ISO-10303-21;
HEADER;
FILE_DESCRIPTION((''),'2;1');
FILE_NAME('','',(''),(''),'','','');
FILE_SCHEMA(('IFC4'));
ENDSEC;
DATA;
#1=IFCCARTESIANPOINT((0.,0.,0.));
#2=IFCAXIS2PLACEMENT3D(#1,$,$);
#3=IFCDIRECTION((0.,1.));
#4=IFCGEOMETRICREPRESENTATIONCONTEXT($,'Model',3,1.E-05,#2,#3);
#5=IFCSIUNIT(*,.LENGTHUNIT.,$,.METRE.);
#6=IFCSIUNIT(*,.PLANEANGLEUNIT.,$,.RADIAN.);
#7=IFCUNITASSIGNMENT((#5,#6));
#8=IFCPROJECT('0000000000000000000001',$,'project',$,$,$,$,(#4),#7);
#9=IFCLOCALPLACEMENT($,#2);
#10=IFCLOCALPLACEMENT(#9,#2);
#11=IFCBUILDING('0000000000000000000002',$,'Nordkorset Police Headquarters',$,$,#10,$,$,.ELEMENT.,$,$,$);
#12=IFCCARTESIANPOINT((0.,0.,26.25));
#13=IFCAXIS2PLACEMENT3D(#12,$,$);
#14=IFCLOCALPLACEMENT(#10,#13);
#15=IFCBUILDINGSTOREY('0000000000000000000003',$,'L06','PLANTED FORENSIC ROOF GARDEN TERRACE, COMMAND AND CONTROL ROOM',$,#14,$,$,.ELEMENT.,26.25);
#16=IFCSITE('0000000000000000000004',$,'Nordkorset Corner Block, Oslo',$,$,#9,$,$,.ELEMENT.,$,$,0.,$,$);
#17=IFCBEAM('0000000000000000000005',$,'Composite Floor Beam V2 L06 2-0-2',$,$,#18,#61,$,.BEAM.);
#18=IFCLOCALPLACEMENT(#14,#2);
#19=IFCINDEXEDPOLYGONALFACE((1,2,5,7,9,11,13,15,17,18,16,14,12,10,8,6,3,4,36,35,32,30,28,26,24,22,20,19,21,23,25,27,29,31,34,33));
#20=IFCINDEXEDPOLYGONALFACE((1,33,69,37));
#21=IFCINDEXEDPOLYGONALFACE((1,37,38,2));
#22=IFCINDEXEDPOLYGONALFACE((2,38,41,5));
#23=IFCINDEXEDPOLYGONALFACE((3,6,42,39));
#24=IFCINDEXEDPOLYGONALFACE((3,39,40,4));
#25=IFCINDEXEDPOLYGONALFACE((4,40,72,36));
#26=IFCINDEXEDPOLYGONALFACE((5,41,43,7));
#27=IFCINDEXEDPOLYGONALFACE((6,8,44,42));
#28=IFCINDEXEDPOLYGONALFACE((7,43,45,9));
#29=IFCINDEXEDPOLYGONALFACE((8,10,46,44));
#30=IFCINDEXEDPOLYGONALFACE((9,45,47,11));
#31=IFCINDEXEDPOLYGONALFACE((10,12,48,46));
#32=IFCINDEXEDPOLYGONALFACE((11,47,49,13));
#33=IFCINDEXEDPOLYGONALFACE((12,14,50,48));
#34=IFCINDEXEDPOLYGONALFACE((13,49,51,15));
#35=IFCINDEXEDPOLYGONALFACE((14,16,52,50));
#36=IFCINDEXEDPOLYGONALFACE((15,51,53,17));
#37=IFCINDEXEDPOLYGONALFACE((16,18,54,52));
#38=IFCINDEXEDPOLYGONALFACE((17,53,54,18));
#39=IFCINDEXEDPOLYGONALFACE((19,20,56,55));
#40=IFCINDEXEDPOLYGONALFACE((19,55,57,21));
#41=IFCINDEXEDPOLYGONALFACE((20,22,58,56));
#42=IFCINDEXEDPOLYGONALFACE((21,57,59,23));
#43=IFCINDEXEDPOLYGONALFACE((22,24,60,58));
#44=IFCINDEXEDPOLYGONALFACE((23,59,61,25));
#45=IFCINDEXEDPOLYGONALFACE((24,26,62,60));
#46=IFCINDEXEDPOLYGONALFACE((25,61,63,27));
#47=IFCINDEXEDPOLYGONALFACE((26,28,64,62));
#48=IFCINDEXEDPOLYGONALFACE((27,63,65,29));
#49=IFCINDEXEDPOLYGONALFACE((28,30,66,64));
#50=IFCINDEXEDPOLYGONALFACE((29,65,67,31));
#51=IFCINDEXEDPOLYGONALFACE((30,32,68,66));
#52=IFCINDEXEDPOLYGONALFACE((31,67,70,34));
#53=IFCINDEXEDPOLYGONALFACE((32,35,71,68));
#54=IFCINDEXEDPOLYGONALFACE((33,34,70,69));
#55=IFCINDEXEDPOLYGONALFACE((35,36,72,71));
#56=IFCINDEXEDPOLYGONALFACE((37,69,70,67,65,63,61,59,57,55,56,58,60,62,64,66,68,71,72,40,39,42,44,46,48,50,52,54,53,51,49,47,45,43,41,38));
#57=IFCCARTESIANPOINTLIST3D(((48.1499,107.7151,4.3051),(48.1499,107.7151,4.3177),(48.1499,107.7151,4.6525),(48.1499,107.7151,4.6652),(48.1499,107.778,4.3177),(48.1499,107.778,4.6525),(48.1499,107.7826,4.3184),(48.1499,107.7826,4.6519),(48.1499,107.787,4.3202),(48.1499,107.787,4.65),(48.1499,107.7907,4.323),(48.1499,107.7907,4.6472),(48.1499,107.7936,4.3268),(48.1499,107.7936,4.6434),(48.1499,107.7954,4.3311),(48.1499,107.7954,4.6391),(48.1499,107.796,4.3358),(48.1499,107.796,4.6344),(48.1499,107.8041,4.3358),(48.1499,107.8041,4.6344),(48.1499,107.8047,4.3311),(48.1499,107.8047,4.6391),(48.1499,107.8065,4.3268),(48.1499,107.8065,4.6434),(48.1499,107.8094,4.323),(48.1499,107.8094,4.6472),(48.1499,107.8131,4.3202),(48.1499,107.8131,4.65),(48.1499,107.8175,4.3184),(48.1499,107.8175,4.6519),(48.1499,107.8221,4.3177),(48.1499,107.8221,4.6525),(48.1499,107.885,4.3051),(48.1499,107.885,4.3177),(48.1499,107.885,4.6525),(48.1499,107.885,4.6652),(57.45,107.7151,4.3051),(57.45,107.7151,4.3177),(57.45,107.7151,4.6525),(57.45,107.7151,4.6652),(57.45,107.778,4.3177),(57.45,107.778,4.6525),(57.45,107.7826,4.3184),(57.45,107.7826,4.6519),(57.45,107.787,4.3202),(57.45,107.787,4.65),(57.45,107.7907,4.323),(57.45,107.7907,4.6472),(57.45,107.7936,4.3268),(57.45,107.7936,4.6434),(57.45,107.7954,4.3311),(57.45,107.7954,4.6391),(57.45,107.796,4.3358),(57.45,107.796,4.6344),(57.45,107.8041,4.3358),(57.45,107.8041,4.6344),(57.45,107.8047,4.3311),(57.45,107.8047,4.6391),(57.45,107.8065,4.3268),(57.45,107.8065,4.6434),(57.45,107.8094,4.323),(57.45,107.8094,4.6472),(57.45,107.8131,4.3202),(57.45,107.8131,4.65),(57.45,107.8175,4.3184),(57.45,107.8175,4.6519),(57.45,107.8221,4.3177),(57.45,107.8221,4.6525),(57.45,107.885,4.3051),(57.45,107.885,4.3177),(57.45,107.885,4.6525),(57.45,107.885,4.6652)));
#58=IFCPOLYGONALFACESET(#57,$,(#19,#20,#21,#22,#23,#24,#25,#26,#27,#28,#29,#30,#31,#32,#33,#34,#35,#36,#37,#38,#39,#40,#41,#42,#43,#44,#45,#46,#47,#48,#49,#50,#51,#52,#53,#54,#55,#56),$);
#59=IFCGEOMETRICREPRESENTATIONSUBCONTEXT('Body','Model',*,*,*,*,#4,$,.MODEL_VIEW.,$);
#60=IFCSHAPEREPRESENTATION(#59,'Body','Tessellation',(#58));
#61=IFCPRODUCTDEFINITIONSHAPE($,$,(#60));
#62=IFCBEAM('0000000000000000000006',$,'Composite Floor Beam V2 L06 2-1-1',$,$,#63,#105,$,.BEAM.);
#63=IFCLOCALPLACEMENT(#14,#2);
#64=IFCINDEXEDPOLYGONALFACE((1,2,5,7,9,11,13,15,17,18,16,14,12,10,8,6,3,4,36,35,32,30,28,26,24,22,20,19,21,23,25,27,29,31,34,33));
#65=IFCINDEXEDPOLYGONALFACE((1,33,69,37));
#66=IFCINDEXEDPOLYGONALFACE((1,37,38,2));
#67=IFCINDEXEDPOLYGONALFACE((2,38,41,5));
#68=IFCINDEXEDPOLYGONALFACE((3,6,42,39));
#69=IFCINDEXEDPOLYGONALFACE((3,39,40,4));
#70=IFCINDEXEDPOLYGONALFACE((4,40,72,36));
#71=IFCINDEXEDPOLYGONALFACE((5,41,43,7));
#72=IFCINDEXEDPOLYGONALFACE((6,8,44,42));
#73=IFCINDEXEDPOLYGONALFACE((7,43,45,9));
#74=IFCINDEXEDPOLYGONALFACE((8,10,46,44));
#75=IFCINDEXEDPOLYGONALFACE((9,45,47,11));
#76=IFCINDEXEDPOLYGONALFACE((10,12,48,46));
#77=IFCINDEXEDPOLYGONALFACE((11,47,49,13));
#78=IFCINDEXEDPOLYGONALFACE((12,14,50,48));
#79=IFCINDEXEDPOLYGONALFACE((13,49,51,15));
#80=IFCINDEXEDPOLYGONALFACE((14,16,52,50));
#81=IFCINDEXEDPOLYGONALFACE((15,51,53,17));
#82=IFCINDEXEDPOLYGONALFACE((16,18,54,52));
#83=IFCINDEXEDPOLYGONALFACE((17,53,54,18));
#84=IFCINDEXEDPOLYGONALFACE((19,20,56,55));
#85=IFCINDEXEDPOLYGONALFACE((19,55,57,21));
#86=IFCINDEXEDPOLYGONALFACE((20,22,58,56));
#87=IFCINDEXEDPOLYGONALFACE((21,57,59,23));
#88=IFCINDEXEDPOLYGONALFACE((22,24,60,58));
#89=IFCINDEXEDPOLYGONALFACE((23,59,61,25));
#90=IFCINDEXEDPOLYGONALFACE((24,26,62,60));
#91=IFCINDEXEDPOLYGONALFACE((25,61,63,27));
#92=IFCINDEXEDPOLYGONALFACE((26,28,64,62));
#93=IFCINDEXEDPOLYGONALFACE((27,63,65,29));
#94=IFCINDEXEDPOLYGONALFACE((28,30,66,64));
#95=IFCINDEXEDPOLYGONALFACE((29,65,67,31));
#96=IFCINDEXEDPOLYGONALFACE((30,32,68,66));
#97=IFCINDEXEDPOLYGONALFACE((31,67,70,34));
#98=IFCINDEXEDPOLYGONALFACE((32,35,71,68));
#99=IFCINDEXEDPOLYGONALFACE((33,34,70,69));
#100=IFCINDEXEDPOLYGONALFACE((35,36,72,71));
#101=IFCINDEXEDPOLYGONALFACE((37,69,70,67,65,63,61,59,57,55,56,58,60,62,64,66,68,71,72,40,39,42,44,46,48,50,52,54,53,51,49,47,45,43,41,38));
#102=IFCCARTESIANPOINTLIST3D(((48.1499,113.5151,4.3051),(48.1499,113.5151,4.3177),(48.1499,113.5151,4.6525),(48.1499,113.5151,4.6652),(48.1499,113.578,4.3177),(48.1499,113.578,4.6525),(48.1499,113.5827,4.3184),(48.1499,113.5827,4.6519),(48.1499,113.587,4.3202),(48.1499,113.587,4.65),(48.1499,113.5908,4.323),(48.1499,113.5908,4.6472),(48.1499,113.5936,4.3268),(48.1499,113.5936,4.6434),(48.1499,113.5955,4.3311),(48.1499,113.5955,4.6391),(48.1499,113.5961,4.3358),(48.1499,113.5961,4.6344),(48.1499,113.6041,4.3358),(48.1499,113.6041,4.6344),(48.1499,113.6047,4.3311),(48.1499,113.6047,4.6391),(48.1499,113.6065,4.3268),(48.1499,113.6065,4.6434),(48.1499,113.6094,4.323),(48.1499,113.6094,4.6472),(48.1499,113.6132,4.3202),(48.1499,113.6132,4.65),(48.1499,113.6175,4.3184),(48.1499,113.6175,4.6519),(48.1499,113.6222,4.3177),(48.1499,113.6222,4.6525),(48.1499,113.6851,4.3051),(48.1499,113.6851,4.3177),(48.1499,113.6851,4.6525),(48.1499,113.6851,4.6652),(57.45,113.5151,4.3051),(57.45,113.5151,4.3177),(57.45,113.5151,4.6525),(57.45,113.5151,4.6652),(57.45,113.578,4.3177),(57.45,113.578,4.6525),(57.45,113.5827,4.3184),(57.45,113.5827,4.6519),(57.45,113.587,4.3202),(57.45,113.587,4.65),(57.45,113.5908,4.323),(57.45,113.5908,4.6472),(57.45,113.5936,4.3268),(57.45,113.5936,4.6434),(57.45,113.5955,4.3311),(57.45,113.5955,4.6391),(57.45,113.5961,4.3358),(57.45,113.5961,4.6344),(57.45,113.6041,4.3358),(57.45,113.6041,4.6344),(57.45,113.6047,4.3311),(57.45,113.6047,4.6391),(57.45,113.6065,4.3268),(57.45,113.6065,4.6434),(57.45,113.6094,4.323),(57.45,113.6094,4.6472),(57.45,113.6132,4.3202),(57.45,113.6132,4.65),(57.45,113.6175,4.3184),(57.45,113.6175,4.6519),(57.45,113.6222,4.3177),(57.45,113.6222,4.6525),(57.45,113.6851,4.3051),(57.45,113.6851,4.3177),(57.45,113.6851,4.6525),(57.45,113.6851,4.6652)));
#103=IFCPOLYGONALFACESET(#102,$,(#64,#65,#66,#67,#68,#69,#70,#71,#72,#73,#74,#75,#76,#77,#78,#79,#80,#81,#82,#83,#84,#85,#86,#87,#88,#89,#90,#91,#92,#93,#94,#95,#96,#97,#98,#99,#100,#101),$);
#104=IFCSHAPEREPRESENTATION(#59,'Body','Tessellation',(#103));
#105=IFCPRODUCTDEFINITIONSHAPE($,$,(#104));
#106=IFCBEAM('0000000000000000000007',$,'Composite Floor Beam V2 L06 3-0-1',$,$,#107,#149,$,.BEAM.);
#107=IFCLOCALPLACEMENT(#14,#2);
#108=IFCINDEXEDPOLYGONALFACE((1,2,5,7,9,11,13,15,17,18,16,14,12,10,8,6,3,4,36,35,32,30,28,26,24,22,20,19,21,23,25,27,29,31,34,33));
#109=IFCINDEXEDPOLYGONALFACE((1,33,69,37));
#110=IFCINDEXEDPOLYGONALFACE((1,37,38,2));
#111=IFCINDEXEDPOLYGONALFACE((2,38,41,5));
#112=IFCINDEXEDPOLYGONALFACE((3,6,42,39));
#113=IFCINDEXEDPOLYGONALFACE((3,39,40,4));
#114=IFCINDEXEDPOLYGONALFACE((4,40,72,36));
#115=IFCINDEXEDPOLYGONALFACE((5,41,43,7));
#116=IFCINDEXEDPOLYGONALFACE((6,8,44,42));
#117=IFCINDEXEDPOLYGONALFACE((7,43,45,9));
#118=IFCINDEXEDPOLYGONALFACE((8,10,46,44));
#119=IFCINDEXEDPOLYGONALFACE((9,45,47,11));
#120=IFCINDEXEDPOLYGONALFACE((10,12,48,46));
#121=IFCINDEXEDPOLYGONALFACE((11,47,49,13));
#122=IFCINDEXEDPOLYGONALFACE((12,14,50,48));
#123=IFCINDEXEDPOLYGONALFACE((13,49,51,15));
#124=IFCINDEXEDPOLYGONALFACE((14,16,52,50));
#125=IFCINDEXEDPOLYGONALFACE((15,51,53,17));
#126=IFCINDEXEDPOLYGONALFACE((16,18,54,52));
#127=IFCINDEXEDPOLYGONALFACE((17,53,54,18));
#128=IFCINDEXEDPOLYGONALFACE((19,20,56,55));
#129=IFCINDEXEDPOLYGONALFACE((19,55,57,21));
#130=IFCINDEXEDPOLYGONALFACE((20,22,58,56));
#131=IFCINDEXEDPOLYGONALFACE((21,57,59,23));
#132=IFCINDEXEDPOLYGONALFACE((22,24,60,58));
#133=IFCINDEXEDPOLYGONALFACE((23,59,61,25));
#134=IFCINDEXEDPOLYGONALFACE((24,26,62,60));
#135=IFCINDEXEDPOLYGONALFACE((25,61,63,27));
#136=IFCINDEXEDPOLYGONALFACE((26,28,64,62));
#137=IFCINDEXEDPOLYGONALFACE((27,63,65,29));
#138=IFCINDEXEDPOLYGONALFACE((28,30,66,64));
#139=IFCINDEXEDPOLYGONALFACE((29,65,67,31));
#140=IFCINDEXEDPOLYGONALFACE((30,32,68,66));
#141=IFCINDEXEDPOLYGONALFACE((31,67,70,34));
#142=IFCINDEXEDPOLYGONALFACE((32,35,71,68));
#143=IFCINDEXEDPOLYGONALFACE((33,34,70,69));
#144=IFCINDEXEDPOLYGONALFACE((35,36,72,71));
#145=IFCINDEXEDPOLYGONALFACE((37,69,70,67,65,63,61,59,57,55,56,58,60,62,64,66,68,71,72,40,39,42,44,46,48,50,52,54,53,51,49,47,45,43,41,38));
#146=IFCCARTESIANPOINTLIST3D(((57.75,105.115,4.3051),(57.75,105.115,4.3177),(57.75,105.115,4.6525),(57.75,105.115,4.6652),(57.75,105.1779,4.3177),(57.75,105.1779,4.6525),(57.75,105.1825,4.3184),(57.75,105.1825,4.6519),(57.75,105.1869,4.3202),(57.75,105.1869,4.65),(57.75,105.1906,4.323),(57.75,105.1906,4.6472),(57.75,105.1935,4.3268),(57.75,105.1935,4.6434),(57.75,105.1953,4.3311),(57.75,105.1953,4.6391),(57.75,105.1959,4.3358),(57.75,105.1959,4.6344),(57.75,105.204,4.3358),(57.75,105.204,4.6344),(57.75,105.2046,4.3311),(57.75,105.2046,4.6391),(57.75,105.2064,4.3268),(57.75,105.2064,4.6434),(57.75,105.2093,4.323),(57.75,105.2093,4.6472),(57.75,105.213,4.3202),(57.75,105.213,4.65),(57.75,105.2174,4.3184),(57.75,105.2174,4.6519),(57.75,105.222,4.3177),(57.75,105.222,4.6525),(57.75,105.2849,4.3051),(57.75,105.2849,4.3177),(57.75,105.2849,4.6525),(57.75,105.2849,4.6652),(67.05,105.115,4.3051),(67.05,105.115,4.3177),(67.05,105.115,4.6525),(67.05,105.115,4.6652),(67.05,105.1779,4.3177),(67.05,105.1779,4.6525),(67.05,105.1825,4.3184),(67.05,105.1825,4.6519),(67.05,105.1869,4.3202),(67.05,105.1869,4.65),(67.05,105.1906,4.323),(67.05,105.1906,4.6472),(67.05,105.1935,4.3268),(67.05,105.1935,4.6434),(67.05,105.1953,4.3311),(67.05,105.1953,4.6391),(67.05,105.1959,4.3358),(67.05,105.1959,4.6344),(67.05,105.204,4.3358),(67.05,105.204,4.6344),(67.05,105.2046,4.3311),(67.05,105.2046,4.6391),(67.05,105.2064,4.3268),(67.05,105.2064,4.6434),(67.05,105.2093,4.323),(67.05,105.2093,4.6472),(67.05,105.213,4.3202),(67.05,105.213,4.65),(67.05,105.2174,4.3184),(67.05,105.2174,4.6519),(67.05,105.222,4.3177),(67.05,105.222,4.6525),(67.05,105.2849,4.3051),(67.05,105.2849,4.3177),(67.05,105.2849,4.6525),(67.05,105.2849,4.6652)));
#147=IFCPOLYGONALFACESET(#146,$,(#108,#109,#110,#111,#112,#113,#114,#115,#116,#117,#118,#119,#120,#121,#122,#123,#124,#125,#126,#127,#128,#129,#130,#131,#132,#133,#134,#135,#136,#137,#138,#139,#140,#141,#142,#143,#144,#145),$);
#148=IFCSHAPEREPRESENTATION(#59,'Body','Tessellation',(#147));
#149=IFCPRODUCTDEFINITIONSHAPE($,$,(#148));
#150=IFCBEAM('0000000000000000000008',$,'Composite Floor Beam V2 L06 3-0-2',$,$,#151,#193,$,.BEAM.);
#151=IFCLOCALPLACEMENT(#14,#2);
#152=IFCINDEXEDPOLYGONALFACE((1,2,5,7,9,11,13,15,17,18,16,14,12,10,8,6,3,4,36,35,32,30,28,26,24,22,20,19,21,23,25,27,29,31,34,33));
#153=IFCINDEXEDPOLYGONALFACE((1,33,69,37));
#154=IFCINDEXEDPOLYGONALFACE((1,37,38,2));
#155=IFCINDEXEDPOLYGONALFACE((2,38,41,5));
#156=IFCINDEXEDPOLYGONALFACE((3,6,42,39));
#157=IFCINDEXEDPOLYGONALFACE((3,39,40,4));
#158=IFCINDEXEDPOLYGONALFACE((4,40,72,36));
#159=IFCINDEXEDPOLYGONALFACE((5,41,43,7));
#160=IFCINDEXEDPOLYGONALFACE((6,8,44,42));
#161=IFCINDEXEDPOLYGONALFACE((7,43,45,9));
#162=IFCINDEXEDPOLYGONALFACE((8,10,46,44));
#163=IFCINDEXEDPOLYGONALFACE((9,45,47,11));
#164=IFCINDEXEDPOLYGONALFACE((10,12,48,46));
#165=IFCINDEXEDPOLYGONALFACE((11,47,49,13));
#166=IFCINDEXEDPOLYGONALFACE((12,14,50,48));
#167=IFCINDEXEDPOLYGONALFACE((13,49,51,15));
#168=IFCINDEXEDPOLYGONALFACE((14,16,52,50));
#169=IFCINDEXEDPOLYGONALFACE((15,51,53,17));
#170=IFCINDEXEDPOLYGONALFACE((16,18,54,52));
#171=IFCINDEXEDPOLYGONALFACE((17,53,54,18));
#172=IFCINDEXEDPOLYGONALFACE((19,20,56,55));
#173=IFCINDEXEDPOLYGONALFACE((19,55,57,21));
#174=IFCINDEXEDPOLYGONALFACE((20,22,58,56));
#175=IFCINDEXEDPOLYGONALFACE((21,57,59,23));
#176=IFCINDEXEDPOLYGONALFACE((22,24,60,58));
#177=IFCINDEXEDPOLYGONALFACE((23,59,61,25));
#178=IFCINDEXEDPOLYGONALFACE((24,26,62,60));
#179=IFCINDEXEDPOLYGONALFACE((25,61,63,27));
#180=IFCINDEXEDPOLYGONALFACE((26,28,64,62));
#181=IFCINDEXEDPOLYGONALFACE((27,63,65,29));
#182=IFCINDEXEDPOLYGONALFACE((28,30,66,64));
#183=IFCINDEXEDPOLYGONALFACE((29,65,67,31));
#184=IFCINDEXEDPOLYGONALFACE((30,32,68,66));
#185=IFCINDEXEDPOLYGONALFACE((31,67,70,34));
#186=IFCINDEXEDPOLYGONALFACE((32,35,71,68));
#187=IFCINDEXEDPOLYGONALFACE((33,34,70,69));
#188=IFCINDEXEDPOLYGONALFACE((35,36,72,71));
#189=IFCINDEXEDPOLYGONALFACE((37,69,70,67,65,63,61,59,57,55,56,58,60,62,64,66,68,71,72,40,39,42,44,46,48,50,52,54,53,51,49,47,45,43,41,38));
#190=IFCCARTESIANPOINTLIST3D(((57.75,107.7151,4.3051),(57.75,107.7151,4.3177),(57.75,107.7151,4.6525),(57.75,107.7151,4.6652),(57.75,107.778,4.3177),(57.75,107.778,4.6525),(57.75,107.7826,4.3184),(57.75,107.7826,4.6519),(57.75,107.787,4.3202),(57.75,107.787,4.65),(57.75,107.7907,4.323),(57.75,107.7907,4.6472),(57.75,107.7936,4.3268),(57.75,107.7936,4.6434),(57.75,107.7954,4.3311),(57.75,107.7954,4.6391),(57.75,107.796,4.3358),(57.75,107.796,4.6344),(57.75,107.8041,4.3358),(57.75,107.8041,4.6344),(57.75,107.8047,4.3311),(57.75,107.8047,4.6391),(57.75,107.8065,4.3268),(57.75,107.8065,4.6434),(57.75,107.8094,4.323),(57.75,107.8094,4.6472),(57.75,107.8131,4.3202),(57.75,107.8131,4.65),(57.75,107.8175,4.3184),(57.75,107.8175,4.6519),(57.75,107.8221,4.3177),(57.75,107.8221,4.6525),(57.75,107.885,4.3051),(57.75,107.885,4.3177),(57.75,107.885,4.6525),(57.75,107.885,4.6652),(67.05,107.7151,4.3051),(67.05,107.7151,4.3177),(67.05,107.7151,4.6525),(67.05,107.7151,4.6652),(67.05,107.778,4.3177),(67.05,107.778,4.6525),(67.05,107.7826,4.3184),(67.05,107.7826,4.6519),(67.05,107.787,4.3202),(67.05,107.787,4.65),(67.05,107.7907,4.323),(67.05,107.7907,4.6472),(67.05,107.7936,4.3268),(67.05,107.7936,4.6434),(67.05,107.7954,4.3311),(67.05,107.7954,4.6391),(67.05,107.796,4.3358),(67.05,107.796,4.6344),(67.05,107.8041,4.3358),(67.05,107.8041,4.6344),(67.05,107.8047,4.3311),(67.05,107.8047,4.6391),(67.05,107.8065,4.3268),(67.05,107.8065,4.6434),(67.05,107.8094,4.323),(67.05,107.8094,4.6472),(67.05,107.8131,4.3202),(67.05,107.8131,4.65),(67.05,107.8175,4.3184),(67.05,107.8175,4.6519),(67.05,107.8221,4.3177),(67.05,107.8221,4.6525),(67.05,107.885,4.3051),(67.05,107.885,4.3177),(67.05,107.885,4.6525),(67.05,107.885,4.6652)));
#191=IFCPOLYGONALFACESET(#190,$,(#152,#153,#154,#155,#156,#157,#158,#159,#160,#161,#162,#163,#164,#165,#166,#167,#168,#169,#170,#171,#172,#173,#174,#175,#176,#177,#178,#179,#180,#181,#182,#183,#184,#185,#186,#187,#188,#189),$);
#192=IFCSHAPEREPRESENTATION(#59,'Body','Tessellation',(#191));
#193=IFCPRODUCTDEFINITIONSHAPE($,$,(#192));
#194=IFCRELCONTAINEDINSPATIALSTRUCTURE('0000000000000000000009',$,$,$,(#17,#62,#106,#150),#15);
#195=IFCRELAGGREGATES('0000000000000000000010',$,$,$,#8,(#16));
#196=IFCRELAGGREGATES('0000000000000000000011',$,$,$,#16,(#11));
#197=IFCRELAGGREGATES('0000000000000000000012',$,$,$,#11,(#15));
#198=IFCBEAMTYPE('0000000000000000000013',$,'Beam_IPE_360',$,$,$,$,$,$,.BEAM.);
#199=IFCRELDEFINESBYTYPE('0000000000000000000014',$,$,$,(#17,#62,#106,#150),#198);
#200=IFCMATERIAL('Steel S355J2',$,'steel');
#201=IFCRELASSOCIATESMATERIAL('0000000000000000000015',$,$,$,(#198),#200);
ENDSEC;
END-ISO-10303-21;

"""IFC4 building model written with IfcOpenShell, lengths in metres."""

from ifc_helpers import new_model, si_unit, direction, frame, origin, origin_2d, place, context, subcontext, project, spatial, i_section, extrude, material, material_profile, profile_set, type_object, element, save


model = new_model("IFC4")

# Units and contexts
model_context = context("Model", 3, precision=1e-05, world=origin(), true_north=direction((0.0, 1.0)))
body_context = subcontext(model_context, "Body", "Model", "MODEL_VIEW")
ifc_project = project(units=[si_unit("LENGTHUNIT", "METRE"), si_unit("PLANEANGLEUNIT", "RADIAN")], contexts=[model_context])

# Site, building, storey
site_placement = place(None, origin())
site = spatial("IfcSite", under=ifc_project, at=site_placement, Name="Nordkorset Corner Block, Oslo", CompositionType="ELEMENT", RefElevation=0.0)
building_placement = place(site_placement, origin())
building = spatial("IfcBuilding", under=site, at=building_placement, Name="Nordkorset Police Headquarters", CompositionType="ELEMENT")
storey_placement = place(building_placement, frame((0.0, 0.0, 26.25)))
storey = spatial("IfcBuildingStorey", under=building, at=storey_placement, Name="L06", Description="PLANTED FORENSIC ROOF GARDEN TERRACE, COMMAND AND CONTROL ROOM", CompositionType="ELEMENT", Elevation=26.25)

# Beams
ifc_material_1 = material(Name="Steel S355J2", Category="steel")
ifc_material_profile_1 = material_profile(ifc_material_1, i_section(OverallWidth=0.1699, OverallDepth=0.3601, WebThickness=0.0081, FlangeThickness=0.0127, FilletRadius=0.0181, at=origin_2d()), Name="IPE 360")
ifc_profile_set_1 = profile_set([ifc_material_profile_1], Name="Steel S355J2")
beam_type_1 = type_object("IfcBeamType", Name="Beam_IPE_360", PredefinedType="BEAM", material=ifc_profile_set_1)
for number, where, z_axis, x_axis, name in (
    (1, (48.1499, 107.8, 4.4851), (1.0, 0.0, 0.0), (0.0, 1.0, 0.0), "Composite Floor Beam V2 L06 2-0-2"),
    (2, (48.1499, 113.6001, 4.4851), (1.0, 0.0, 0.0), (0.0, 1.0, 0.0), "Composite Floor Beam V2 L06 2-1-1"),
    (3, (57.75, 105.2, 4.4851), (1.0, 0.0, 0.0), (0.0, 1.0, 0.0), "Composite Floor Beam V2 L06 3-0-1"),
    (4, (57.75, 107.8, 4.4851), (1.0, 0.0, 0.0), (0.0, 1.0, 0.0), "Composite Floor Beam V2 L06 3-0-2"),
):
    element("IfcBeam", number, at=place(storey_placement, frame(where, z_axis=z_axis, x_axis=x_axis)), inside=storey, type_object=beam_type_1, Name=name, PredefinedType="BEAM", context=body_context, shape_type="SweptSolid", body=[
        extrude(i_section(OverallWidth=0.1699, OverallDepth=0.3601, WebThickness=0.0081, FlangeThickness=0.0127, FilletRadius=0.0181, at=origin_2d()), origin(), (0.0, 0.0, 1.0), 9.3),
    ])

save(model, "model.ifc")
